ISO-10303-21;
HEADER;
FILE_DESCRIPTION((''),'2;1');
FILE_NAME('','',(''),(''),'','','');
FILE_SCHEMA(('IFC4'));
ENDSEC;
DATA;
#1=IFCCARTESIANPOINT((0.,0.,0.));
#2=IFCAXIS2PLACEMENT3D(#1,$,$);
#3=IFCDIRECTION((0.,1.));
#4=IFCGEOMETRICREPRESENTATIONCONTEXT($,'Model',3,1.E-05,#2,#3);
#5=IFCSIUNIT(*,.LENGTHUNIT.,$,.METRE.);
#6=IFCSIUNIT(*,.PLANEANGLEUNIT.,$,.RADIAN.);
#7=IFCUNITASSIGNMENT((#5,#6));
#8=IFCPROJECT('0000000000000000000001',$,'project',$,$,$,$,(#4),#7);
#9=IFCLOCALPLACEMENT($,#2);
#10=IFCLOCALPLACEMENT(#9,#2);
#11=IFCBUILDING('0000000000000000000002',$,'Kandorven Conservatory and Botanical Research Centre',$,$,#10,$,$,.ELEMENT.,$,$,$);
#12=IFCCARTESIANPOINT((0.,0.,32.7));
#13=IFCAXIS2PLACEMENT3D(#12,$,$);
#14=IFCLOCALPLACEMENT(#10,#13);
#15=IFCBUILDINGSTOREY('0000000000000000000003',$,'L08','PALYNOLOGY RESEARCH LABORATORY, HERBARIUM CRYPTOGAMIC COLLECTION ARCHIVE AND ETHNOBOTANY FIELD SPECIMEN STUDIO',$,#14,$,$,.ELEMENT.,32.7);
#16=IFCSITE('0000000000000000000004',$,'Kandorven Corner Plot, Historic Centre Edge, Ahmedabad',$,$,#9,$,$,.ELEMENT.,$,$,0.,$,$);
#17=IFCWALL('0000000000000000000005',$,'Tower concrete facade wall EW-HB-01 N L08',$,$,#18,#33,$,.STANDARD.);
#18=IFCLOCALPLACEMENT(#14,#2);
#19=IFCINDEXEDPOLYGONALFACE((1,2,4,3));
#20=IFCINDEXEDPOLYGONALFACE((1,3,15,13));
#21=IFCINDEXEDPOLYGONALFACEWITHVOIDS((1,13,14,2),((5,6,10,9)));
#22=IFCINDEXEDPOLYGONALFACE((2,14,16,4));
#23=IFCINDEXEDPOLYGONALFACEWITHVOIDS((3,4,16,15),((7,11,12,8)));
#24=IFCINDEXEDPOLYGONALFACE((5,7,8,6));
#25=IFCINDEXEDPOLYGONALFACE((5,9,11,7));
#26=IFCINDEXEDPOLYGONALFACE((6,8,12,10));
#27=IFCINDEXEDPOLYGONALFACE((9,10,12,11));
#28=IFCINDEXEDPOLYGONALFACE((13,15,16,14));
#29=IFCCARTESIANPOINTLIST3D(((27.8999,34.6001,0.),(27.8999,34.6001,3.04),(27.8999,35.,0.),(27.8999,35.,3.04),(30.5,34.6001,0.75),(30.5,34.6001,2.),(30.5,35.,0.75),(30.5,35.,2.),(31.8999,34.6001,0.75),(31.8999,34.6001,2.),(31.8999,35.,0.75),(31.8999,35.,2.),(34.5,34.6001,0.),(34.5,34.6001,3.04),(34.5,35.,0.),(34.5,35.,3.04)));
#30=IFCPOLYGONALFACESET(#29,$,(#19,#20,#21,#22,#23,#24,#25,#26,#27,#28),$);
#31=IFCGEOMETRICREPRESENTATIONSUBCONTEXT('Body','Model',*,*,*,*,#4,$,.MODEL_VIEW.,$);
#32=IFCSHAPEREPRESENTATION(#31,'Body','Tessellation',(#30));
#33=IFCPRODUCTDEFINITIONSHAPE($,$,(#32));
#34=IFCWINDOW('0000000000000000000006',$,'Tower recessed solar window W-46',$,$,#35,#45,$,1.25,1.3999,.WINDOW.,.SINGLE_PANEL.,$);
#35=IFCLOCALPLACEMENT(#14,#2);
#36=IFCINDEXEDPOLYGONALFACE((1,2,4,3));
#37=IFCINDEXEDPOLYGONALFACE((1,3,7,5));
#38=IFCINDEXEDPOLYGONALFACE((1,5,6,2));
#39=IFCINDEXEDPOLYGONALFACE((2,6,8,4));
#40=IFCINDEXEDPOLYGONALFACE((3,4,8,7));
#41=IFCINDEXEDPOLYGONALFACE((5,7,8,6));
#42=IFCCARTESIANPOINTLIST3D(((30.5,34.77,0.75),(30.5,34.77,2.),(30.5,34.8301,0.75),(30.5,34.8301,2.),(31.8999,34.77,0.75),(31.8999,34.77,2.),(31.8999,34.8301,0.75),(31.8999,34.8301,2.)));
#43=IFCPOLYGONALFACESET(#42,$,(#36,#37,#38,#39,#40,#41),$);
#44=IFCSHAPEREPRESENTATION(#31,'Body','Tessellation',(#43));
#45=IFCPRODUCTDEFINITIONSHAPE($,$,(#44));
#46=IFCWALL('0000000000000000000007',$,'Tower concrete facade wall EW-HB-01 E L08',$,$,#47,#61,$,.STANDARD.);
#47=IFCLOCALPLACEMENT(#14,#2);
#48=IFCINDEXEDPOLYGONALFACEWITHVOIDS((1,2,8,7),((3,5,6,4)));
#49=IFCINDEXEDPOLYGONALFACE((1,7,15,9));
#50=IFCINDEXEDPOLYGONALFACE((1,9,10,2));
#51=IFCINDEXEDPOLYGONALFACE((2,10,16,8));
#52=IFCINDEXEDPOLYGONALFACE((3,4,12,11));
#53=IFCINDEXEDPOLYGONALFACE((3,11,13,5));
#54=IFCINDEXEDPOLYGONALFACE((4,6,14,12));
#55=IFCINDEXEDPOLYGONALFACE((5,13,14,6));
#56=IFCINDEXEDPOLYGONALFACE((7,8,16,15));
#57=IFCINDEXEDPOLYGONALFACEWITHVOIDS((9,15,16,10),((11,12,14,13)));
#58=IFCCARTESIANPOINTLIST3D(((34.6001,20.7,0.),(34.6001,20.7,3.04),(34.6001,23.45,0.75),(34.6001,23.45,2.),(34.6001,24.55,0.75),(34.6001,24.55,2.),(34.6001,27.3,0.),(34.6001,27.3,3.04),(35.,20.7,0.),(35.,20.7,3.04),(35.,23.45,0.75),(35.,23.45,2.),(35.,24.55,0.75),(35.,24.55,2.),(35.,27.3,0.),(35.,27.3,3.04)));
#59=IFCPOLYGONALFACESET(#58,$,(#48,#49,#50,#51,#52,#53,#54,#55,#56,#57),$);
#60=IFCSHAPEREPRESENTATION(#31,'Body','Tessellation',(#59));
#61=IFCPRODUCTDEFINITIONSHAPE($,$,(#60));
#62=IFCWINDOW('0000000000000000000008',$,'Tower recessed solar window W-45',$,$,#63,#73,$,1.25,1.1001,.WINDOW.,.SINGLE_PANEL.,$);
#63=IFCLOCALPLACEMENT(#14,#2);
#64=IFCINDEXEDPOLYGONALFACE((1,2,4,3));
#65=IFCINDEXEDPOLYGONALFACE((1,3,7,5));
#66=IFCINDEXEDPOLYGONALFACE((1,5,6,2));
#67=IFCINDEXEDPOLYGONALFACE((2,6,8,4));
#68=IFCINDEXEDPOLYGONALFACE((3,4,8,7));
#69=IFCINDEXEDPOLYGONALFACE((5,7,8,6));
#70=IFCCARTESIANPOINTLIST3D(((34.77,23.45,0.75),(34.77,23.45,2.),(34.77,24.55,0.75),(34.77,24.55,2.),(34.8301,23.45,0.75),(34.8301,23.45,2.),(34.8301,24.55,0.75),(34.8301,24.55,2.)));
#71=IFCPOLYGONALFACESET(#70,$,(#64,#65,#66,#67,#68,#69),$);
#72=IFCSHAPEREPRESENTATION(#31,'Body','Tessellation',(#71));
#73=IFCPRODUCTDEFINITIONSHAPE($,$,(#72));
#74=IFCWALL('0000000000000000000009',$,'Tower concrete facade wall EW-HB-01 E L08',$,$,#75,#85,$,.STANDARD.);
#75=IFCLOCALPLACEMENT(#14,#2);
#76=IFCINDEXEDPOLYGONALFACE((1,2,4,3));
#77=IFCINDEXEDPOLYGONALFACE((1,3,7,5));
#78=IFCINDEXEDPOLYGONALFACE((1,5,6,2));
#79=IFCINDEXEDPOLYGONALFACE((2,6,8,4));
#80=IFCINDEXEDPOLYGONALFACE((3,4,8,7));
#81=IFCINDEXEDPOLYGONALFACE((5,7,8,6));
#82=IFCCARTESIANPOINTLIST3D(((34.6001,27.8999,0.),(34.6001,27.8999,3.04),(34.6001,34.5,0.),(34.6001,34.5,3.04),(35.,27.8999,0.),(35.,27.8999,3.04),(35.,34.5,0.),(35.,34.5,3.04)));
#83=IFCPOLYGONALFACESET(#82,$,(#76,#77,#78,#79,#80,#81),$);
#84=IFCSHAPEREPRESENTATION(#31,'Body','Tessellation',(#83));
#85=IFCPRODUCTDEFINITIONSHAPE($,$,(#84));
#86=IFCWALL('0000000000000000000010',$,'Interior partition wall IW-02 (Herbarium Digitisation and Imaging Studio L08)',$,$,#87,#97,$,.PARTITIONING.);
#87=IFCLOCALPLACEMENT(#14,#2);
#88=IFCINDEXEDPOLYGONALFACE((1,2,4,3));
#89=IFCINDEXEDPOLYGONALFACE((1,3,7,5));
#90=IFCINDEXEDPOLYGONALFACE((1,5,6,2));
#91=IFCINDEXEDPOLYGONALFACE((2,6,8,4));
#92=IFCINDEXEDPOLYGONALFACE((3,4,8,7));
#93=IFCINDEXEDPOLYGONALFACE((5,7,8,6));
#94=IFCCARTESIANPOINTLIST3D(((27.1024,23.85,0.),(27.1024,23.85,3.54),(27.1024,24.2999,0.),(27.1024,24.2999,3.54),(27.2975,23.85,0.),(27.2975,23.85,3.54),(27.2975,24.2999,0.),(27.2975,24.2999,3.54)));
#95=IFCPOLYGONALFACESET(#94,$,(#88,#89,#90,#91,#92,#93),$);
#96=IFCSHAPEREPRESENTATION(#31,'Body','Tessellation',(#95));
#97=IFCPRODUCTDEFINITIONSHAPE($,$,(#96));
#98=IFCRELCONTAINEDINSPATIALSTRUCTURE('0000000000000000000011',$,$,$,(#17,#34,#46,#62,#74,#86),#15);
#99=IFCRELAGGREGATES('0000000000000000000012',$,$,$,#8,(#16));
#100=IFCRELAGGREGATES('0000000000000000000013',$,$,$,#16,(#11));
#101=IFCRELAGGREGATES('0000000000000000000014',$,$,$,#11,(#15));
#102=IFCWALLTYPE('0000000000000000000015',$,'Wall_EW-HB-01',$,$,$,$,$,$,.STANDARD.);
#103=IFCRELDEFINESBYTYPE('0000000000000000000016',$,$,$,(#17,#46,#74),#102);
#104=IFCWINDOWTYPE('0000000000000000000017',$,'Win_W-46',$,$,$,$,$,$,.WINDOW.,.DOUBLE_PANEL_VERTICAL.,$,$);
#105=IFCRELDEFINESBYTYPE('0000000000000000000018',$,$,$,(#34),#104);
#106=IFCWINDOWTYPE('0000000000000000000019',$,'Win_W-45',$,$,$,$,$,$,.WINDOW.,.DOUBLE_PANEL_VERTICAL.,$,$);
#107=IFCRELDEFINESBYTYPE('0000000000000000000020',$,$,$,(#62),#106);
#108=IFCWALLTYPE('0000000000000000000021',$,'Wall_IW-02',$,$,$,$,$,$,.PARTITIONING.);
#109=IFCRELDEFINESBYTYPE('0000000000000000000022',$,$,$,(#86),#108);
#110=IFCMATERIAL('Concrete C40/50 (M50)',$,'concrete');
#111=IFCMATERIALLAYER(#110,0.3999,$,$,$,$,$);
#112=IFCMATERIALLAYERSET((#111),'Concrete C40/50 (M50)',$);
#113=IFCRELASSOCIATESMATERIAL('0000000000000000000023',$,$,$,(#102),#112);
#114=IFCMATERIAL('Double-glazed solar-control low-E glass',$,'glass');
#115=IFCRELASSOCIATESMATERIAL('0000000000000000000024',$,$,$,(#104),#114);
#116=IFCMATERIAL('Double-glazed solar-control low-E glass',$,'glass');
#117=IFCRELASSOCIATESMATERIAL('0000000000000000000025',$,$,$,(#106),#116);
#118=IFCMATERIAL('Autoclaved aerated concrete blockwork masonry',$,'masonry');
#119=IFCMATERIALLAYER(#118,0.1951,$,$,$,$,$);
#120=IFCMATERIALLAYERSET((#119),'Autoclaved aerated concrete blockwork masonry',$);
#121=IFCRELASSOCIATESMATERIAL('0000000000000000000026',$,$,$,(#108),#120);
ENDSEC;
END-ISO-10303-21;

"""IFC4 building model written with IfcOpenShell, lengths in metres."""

from ifc_helpers import new_model, si_unit, direction, frame, frame_2d, origin, place, context, subcontext, project, spatial, rectangle, extrude, material, layer, layer_set, type_object, element, fill, save


model = new_model("IFC4")

# Units and contexts
model_context = context("Model", 3, precision=1e-05, world=origin(), true_north=direction((0.0, 1.0)))
body_context = subcontext(model_context, "Body", "Model", "MODEL_VIEW")
ifc_project = project(units=[si_unit("LENGTHUNIT", "METRE"), si_unit("PLANEANGLEUNIT", "RADIAN")], contexts=[model_context])

# Site, building, storey
site_placement = place(None, origin())
site = spatial("IfcSite", under=ifc_project, at=site_placement, Name="Kandorven Corner Plot, Historic Centre Edge, Ahmedabad", CompositionType="ELEMENT", RefElevation=0.0)
building_placement = place(site_placement, origin())
building = spatial("IfcBuilding", under=site, at=building_placement, Name="Kandorven Conservatory and Botanical Research Centre", CompositionType="ELEMENT")
storey_placement = place(building_placement, frame((0.0, 0.0, 32.7)))
storey = spatial("IfcBuildingStorey", under=building, at=storey_placement, Name="L08", Description="PALYNOLOGY RESEARCH LABORATORY, HERBARIUM CRYPTOGAMIC COLLECTION ARCHIVE AND ETHNOBOTANY FIELD SPECIMEN STUDIO", CompositionType="ELEMENT", Elevation=32.7)

# Walls, openings, windows
ifc_material_1 = material(Name="Concrete C40/50 (M50)", Category="concrete")
ifc_layer_1 = layer(ifc_material_1, 0.3999)
ifc_layer_set_1 = layer_set([ifc_layer_1], Name="Concrete C40/50 (M50)")
wall_type_1 = type_object("IfcWallType", Name="Wall_EW-HB-01", PredefinedType="STANDARD", material=ifc_layer_set_1)
wall_1_placement = place(storey_placement, frame((27.8999, 34.8, 0.0), z_axis=(0.0, 0.0, 1.0), x_axis=(1.0, 0.0, 0.0)))
wall_1 = element("IfcWall", 1, at=wall_1_placement, inside=storey, type_object=wall_type_1, Name="Tower concrete facade wall EW-HB-01 N L08", PredefinedType="STANDARD", context=body_context, shape_type="SweptSolid", body=[
    extrude(rectangle(XDim=6.6001, YDim=0.3999, at=frame_2d((3.3, 0.0))), origin(), (0.0, 0.0, 1.0), 3.04),
])
opening_1_placement = place(wall_1_placement, frame((2.6001, 0.0, 0.75)))
opening_1 = element("IfcOpeningElement", 2, at=opening_1_placement, cuts=wall_1, PredefinedType="OPENING", context=body_context, shape_type="SweptSolid", body=[
    extrude(rectangle(XDim=1.3999, YDim=1.25, at=frame_2d((0.7, 0.625))), frame((0.0, 0.21, 0.0), z_axis=(0.0, -1.0, 0.0), x_axis=(1.0, 0.0, 0.0)), (0.0, 0.0, 1.0), 0.4199),
])
ifc_material_2 = material(Name="Double-glazed solar-control low-E glass", Category="glass")
window_type_1 = type_object("IfcWindowType", Name="Win_W-46", PartitioningType="DOUBLE_PANEL_VERTICAL", PredefinedType="WINDOW", material=ifc_material_2)
window_1_placement = place(opening_1_placement, origin())
window_1 = element("IfcWindow", 3, at=window_1_placement, inside=storey, type_object=window_type_1, Name="Tower recessed solar window W-46", OverallHeight=1.25, OverallWidth=1.3999, PartitioningType="SINGLE_PANEL", PredefinedType="WINDOW", context=body_context, shape_type="SweptSolid", body=[
    extrude(rectangle(XDim=1.3999, YDim=1.25, at=frame_2d((0.7, 0.625))), frame((0.0, 0.03, 0.0), z_axis=(0.0, -1.0, 0.0), x_axis=(1.0, 0.0, 0.0)), (0.0, 0.0, 1.0), 0.0601),
])
fill(opening_1, window_1)
wall_2_placement = place(storey_placement, frame((34.8, 20.7, 0.0), z_axis=(0.0, 0.0, 1.0), x_axis=(0.0, 1.0, 0.0)))
wall_2 = element("IfcWall", 4, at=wall_2_placement, inside=storey, type_object=wall_type_1, Name="Tower concrete facade wall EW-HB-01 E L08", PredefinedType="STANDARD", context=body_context, shape_type="SweptSolid", body=[
    extrude(rectangle(XDim=6.6001, YDim=0.3999, at=frame_2d((3.3, 0.0))), origin(), (0.0, 0.0, 1.0), 3.04),
])
opening_2_placement = place(wall_2_placement, frame((2.75, 0.0, 0.75)))
opening_2 = element("IfcOpeningElement", 5, at=opening_2_placement, cuts=wall_2, PredefinedType="OPENING", context=body_context, shape_type="SweptSolid", body=[
    extrude(rectangle(XDim=1.1001, YDim=1.25, at=frame_2d((0.55, 0.625))), frame((0.0, 0.21, 0.0), z_axis=(0.0, -1.0, 0.0), x_axis=(1.0, 0.0, 0.0)), (0.0, 0.0, 1.0), 0.4199),
])
ifc_material_3 = material(Name="Double-glazed solar-control low-E glass", Category="glass")
window_type_2 = type_object("IfcWindowType", Name="Win_W-45", PartitioningType="DOUBLE_PANEL_VERTICAL", PredefinedType="WINDOW", material=ifc_material_3)
window_2_placement = place(opening_2_placement, origin())
window_2 = element("IfcWindow", 6, at=window_2_placement, inside=storey, type_object=window_type_2, Name="Tower recessed solar window W-45", OverallHeight=1.25, OverallWidth=1.1001, PartitioningType="SINGLE_PANEL", PredefinedType="WINDOW", context=body_context, shape_type="SweptSolid", body=[
    extrude(rectangle(XDim=1.1001, YDim=1.25, at=frame_2d((0.55, 0.625))), frame((0.0, 0.03, 0.0), z_axis=(0.0, -1.0, 0.0), x_axis=(1.0, 0.0, 0.0)), (0.0, 0.0, 1.0), 0.0601),
])
fill(opening_2, window_2)

# Walls
wall_3_placement = place(storey_placement, frame((34.8, 27.8999, 0.0), z_axis=(0.0, 0.0, 1.0), x_axis=(0.0, 1.0, 0.0)))
element("IfcWall", 7, at=wall_3_placement, inside=storey, type_object=wall_type_1, Name="Tower concrete facade wall EW-HB-01 E L08", PredefinedType="STANDARD", context=body_context, shape_type="SweptSolid", body=[
    extrude(rectangle(XDim=6.6001, YDim=0.3999, at=frame_2d((3.3, 0.0))), origin(), (0.0, 0.0, 1.0), 3.04),
])
ifc_material_4 = material(Name="Autoclaved aerated concrete blockwork masonry", Category="masonry")
ifc_layer_2 = layer(ifc_material_4, 0.1951)
ifc_layer_set_2 = layer_set([ifc_layer_2], Name="Autoclaved aerated concrete blockwork masonry")
wall_type_2 = type_object("IfcWallType", Name="Wall_IW-02", PredefinedType="PARTITIONING", material=ifc_layer_set_2)
wall_4_placement = place(storey_placement, frame((27.2, 24.3, 0.0), z_axis=(0.0, 0.0, 1.0), x_axis=(0.0, -1.0, 0.0)))
element("IfcWall", 8, at=wall_4_placement, inside=storey, type_object=wall_type_2, Name="Interior partition wall IW-02 (Herbarium Digitisation and Imaging Studio L08)", PredefinedType="PARTITIONING", context=body_context, shape_type="SweptSolid", body=[
    extrude(rectangle(XDim=0.45, YDim=0.1951, at=frame_2d((0.2251, 0.0))), origin(), (0.0, 0.0, 1.0), 3.54),
])

save(model, "model.ifc")
